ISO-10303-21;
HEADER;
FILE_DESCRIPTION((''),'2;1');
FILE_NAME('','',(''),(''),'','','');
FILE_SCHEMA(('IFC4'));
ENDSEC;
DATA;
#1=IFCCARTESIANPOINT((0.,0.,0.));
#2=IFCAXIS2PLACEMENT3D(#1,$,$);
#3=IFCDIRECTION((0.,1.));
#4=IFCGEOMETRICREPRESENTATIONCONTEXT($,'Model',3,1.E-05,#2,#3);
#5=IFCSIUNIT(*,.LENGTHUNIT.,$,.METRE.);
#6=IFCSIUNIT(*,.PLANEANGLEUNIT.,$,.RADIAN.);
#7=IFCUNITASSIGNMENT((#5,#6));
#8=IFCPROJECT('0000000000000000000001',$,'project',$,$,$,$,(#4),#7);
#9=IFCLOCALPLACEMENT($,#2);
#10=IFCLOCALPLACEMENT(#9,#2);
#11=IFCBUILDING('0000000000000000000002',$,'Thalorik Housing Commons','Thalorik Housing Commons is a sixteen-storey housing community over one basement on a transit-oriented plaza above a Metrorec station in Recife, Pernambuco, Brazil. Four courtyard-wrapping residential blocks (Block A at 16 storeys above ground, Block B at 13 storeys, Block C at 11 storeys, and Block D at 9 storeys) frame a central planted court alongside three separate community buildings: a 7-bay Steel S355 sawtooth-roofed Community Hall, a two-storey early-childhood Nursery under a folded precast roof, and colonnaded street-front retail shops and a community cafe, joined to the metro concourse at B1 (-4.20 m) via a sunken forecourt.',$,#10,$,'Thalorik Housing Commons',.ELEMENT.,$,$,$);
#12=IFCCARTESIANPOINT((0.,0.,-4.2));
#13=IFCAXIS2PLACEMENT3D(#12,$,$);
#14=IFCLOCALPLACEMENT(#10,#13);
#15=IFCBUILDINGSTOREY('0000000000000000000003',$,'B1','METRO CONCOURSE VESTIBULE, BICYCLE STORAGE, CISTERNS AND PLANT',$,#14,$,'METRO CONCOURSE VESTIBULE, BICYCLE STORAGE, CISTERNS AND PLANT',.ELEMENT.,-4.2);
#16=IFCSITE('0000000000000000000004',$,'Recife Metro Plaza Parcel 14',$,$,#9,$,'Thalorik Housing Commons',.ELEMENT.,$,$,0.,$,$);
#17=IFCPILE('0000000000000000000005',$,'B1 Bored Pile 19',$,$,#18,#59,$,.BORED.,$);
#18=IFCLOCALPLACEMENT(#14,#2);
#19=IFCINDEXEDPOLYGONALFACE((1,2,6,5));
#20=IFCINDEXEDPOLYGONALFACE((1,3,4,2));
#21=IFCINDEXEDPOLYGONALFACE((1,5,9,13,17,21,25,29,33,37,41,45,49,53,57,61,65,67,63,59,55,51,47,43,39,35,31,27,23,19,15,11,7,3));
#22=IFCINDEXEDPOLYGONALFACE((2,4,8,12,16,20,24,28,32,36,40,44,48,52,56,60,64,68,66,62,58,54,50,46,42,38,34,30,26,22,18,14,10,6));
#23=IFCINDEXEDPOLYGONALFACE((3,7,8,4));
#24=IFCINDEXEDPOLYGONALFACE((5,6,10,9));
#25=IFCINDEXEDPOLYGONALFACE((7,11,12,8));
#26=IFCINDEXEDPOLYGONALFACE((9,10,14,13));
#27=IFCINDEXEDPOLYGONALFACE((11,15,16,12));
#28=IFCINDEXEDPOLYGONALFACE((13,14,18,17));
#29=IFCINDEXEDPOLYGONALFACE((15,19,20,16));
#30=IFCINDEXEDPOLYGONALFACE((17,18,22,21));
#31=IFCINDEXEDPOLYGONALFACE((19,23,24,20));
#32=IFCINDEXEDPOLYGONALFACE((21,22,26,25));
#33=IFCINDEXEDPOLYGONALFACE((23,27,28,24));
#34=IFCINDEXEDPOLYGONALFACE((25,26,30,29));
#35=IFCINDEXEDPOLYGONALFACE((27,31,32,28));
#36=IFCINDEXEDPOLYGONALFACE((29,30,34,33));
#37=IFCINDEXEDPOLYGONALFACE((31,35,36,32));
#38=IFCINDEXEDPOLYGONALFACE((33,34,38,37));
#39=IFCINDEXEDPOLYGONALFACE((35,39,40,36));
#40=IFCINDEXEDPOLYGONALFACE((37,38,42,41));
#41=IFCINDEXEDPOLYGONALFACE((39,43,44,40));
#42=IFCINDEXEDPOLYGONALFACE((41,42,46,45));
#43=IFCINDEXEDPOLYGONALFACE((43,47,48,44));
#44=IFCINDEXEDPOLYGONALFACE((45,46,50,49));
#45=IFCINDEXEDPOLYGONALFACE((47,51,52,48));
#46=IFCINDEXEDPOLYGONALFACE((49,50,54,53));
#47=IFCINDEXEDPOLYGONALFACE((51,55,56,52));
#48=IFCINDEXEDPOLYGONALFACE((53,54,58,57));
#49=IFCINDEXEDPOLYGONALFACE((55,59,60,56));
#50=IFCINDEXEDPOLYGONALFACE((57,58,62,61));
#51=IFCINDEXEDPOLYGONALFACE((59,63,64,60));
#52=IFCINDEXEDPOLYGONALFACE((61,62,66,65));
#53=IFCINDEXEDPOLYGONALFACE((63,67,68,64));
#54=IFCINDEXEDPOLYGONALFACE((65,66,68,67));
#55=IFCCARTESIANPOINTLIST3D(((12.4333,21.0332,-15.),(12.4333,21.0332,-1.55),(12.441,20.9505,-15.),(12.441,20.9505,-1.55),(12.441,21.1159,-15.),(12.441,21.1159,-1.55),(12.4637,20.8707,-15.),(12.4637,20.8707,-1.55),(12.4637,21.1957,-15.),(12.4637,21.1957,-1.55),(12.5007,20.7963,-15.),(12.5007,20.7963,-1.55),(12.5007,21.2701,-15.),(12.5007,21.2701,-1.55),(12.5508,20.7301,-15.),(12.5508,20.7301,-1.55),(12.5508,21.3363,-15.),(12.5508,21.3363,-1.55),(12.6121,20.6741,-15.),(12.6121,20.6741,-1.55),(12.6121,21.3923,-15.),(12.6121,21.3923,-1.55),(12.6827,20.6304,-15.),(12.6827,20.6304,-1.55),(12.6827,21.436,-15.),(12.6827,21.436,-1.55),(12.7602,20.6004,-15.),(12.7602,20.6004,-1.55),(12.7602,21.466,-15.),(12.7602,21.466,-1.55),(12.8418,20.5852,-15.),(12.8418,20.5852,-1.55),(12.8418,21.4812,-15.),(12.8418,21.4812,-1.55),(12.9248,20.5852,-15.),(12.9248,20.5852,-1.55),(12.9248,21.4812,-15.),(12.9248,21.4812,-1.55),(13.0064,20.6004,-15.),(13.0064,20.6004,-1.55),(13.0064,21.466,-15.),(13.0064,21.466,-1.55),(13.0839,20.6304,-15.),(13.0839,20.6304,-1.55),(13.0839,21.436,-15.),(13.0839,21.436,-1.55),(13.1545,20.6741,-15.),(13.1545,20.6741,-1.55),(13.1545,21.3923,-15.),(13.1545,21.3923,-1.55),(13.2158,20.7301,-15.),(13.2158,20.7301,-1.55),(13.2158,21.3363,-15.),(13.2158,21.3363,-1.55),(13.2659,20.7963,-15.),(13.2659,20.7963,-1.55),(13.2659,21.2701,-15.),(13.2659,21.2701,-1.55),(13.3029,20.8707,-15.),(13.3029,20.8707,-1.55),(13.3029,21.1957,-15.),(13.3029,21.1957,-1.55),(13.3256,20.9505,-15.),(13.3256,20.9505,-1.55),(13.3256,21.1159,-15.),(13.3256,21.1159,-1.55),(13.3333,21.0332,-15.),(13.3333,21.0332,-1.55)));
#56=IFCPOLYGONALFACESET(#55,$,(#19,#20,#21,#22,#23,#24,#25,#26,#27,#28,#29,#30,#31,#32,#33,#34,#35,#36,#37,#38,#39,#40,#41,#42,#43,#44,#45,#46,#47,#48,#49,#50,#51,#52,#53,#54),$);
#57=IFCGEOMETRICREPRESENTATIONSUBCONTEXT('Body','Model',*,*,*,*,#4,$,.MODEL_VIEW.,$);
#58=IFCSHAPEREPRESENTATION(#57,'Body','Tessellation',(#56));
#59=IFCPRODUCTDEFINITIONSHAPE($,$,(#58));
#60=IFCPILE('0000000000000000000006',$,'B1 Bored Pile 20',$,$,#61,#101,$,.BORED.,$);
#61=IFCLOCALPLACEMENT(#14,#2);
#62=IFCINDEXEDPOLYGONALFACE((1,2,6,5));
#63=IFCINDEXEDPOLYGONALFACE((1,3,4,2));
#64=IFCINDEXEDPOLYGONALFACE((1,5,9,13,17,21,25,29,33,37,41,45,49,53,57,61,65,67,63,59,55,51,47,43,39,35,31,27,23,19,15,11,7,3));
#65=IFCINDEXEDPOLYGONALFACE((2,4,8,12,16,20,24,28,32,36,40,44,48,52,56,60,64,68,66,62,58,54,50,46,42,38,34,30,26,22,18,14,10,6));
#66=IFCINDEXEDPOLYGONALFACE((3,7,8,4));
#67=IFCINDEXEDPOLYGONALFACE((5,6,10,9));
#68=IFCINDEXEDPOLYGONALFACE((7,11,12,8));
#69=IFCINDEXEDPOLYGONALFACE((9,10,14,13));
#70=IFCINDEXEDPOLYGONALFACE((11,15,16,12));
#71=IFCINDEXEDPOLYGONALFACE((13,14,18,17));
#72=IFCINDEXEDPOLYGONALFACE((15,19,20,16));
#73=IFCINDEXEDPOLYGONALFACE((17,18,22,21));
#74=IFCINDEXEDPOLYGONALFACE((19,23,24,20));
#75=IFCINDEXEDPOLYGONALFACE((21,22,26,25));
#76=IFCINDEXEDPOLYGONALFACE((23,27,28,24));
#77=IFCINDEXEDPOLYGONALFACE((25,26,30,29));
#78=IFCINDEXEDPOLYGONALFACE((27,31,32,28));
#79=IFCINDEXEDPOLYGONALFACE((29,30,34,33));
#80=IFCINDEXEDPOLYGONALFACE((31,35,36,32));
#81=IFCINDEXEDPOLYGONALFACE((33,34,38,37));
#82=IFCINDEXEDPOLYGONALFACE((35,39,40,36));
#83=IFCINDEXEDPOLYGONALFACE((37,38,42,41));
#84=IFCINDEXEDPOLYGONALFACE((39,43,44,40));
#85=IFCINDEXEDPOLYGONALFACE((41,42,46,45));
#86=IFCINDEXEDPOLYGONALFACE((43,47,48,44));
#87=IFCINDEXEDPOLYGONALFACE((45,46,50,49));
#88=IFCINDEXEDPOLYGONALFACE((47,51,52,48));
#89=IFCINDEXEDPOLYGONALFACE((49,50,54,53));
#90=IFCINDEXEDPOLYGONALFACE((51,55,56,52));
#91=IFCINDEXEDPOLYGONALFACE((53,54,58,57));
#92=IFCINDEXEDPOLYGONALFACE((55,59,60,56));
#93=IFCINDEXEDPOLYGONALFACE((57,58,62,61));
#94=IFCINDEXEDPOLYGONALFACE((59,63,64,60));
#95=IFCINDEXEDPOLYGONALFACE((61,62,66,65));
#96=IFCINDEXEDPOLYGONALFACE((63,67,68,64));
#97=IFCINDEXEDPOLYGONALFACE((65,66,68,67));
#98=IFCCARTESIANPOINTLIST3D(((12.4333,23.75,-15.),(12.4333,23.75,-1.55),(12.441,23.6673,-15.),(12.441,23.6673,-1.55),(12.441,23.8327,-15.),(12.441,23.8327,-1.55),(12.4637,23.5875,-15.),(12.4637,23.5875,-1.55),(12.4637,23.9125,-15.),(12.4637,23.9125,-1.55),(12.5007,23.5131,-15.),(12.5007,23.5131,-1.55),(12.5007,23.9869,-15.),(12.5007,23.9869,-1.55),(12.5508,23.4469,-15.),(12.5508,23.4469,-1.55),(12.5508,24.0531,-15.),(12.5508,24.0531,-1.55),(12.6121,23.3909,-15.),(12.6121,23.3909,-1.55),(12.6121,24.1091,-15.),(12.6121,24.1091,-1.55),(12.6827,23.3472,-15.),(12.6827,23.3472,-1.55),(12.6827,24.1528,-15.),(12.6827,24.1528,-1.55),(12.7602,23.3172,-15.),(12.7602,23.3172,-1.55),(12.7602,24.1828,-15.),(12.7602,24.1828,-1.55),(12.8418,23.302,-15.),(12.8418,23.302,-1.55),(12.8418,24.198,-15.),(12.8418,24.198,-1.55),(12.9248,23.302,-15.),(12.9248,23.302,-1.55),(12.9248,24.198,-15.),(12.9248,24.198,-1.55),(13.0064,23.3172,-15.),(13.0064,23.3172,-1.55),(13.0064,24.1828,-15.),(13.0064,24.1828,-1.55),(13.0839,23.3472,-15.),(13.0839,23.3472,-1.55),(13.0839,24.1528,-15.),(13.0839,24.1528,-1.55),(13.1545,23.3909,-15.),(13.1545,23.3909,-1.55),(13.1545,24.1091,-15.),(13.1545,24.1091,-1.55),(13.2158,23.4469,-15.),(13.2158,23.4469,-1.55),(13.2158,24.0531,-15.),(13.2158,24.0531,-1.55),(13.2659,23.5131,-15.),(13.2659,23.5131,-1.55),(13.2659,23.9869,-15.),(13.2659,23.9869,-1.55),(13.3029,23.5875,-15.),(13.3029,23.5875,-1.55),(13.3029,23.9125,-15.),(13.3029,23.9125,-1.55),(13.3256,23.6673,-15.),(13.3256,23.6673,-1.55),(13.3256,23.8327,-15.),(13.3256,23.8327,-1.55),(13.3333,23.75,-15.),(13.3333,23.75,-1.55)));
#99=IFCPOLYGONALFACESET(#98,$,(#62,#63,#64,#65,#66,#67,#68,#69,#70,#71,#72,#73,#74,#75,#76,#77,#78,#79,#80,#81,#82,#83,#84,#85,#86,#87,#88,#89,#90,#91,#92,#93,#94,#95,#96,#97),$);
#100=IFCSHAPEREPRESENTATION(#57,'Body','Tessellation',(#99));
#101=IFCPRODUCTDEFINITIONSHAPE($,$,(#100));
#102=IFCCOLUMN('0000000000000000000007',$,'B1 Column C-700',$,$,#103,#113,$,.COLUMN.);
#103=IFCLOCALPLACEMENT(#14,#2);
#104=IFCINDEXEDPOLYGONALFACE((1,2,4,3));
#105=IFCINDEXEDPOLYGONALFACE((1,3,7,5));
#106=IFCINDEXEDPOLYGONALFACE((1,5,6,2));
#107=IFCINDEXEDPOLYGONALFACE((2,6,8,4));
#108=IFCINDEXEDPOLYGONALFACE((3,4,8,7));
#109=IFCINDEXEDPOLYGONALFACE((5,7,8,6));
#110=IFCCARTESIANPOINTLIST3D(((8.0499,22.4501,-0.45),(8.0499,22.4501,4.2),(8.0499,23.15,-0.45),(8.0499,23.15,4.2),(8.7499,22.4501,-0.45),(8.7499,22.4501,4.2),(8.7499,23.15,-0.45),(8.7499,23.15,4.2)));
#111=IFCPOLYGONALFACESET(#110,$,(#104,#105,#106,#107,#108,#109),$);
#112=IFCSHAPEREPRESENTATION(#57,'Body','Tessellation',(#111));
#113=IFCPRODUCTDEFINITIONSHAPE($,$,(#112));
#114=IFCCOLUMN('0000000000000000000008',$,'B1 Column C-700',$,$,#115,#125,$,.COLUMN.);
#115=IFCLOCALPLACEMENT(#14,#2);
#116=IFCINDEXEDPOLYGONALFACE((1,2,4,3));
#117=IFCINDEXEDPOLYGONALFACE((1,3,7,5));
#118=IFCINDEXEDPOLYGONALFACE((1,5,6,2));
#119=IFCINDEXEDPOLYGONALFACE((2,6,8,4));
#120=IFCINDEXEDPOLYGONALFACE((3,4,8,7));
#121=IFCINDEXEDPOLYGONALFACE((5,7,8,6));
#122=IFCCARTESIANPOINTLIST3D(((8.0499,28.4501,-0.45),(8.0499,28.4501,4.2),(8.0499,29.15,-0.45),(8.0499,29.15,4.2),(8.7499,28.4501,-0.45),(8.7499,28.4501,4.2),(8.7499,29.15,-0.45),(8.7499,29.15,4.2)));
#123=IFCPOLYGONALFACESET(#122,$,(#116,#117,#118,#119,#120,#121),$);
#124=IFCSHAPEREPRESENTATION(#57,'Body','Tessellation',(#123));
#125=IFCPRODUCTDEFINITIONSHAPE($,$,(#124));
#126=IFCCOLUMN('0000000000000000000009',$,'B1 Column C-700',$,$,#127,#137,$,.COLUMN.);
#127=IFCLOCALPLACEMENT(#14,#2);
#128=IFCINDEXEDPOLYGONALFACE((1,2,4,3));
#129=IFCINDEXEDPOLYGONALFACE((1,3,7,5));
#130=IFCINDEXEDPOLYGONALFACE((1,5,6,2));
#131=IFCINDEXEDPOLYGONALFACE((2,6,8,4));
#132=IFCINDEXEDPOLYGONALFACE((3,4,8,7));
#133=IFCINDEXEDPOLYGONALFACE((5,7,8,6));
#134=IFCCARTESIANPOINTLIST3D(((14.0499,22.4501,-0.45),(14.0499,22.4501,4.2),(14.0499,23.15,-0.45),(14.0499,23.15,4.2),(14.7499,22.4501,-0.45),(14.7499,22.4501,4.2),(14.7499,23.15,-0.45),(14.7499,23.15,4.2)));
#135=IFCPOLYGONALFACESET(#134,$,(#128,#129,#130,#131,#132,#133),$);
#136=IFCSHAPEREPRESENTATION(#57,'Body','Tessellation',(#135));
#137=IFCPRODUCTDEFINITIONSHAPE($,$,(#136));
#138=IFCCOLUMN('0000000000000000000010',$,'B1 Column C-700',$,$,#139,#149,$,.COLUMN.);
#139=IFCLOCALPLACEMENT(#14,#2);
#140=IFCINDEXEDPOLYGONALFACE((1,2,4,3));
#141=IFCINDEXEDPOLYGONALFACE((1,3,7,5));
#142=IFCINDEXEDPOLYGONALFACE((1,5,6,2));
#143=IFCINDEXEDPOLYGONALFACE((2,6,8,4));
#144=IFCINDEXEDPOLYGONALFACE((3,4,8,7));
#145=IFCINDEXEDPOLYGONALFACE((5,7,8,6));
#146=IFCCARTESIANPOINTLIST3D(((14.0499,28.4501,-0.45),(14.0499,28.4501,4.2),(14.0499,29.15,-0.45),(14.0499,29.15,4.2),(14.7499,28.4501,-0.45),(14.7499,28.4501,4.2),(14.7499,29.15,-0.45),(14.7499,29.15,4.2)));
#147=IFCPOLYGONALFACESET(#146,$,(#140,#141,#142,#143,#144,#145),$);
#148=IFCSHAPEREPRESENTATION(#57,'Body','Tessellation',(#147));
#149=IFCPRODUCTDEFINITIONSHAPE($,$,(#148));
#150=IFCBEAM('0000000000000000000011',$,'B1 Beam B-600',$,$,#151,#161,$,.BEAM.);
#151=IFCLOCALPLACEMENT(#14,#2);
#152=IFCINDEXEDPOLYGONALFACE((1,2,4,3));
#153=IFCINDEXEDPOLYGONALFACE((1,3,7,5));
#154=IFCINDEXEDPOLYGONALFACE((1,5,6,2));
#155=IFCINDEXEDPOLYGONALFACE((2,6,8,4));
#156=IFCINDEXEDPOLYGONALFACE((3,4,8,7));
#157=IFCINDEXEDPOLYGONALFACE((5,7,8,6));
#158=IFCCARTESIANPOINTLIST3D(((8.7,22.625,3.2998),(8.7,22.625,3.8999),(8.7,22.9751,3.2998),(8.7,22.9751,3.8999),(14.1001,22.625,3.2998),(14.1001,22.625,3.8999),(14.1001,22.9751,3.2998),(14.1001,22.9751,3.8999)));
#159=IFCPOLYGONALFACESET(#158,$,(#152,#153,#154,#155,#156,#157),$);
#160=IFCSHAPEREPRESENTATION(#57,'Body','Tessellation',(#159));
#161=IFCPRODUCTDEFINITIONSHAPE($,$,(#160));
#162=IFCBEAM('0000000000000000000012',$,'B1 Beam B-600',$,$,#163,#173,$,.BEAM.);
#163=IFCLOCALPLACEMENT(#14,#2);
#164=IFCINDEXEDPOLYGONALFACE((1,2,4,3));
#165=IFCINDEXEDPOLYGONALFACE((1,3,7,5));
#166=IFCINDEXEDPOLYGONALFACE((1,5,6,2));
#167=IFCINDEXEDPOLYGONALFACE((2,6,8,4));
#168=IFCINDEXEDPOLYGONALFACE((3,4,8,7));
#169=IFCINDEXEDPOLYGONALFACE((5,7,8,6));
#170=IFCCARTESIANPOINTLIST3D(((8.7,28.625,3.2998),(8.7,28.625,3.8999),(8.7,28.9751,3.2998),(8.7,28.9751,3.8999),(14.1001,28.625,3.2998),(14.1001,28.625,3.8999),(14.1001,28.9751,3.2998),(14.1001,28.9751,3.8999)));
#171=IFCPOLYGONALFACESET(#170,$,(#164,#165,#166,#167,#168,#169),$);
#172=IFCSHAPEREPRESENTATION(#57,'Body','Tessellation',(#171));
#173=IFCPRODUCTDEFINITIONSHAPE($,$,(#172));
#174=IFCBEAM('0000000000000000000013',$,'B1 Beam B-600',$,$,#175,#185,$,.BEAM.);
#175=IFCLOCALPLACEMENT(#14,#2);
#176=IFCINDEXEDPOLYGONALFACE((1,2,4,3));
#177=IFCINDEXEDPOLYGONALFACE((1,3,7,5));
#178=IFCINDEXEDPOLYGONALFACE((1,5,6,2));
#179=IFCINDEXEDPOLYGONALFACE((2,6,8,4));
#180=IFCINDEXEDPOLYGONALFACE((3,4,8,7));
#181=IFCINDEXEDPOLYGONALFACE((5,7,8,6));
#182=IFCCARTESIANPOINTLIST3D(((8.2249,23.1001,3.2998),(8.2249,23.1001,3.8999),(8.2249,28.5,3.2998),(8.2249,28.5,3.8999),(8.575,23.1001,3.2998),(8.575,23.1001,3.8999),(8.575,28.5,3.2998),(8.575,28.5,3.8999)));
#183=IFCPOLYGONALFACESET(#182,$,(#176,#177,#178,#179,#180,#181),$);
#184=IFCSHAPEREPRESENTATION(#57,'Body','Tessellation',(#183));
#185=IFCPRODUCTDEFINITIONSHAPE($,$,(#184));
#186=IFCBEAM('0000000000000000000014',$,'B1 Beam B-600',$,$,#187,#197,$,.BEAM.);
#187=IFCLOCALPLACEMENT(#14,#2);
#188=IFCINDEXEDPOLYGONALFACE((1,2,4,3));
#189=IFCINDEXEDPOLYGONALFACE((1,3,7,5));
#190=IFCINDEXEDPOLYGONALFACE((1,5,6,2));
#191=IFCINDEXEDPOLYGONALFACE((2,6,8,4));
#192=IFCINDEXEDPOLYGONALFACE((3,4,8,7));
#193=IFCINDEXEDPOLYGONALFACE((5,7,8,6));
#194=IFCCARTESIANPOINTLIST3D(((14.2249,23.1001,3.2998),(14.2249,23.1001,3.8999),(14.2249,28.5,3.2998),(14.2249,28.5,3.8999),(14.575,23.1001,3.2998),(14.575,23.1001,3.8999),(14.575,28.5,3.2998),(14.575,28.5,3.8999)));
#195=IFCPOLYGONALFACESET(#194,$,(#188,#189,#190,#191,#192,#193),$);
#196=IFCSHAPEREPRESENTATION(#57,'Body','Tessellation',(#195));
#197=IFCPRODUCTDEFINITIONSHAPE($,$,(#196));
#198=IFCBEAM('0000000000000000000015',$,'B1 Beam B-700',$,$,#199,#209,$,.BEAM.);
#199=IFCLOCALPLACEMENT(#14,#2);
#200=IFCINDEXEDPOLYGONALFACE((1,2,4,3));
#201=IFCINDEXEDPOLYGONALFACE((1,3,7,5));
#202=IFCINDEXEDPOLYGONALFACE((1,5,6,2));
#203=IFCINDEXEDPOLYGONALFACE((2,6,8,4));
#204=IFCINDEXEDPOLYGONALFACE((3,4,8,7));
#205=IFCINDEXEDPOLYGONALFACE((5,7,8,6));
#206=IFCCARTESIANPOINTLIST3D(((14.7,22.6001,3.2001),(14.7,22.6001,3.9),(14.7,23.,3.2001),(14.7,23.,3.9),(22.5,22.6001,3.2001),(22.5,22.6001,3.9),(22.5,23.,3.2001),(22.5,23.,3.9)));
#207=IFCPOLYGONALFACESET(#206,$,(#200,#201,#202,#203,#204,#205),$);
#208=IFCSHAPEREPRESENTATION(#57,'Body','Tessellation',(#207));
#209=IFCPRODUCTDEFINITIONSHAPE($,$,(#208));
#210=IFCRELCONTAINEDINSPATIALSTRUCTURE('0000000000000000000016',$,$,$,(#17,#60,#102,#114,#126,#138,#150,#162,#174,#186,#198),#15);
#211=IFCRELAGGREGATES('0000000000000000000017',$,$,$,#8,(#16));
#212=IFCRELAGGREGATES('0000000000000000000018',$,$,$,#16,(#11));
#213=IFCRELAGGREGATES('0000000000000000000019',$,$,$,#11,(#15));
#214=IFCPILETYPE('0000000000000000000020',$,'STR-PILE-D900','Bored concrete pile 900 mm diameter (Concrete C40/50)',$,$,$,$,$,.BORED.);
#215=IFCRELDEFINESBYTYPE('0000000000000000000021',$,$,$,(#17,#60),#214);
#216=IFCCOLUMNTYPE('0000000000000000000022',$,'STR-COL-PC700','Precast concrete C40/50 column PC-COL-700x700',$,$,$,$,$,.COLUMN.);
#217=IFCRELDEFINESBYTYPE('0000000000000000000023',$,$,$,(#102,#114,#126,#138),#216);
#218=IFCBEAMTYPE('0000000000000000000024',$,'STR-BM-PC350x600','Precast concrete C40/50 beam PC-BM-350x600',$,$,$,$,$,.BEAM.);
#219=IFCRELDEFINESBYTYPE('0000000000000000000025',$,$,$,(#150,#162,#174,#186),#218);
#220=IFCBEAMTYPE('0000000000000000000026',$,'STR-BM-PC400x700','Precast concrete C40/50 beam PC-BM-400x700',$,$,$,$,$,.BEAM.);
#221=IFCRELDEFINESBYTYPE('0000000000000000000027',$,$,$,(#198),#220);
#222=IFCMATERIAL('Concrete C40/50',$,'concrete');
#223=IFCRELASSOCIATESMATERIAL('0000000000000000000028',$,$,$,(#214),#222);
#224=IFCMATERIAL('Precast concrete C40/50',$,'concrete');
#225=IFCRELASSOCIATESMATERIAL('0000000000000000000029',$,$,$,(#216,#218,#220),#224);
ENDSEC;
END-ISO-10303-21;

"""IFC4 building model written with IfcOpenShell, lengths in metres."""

from ifc_helpers import new_model, si_unit, direction, frame, origin, origin_2d, place, context, subcontext, project, spatial, rectangle, circle, extrude, material, material_profile, profile_set, type_object, element, save


model = new_model("IFC4")

# Units and contexts
model_context = context("Model", 3, precision=1e-05, world=origin(), true_north=direction((0.0, 1.0)))
body_context = subcontext(model_context, "Body", "Model", "MODEL_VIEW")
ifc_project = project(units=[si_unit("LENGTHUNIT", "METRE"), si_unit("PLANEANGLEUNIT", "RADIAN")], contexts=[model_context])

# Site, building, storey
site_placement = place(None, origin())
site = spatial("IfcSite", under=ifc_project, at=site_placement, Name="Recife Metro Plaza Parcel 14", LongName="Thalorik Housing Commons", CompositionType="ELEMENT", RefElevation=0.0)
building_placement = place(site_placement, origin())
building = spatial("IfcBuilding", under=site, at=building_placement, Name="Thalorik Housing Commons", Description="Thalorik Housing Commons is a sixteen-storey housing community over one basement on a transit-oriented plaza above a Metrorec station in Recife, Pernambuco, Brazil. Four courtyard-wrapping residential blocks (Block A at 16 storeys above ground, Block B at 13 storeys, Block C at 11 storeys, and Block D at 9 storeys) frame a central planted court alongside three separate community buildings: a 7-bay Steel S355 sawtooth-roofed Community Hall, a two-storey early-childhood Nursery under a folded precast roof, and colonnaded street-front retail shops and a community cafe, joined to the metro concourse at B1 (-4.20 m) via a sunken forecourt.", LongName="Thalorik Housing Commons", CompositionType="ELEMENT")
storey_placement = place(building_placement, frame((0.0, 0.0, -4.2)))
storey = spatial("IfcBuildingStorey", under=building, at=storey_placement, Name="B1", Description="METRO CONCOURSE VESTIBULE, BICYCLE STORAGE, CISTERNS AND PLANT", LongName="METRO CONCOURSE VESTIBULE, BICYCLE STORAGE, CISTERNS AND PLANT", CompositionType="ELEMENT", Elevation=-4.2)

# Shared definitions
ifc_material_1 = material(Name="Concrete C40/50", Category="concrete")

# Piles
ifc_material_profile_1 = material_profile(ifc_material_1, circle(Radius=0.45, at=origin_2d()), Name="BORED PILE D900", Category="concrete")
ifc_profile_set_1 = profile_set([ifc_material_profile_1], Name="Concrete C40/50")
pile_type_1 = type_object("IfcPileType", Name="STR-PILE-D900", Description="Bored concrete pile 900 mm diameter (Concrete C40/50)", PredefinedType="BORED", material=ifc_profile_set_1)
for number, where, z_axis, x_axis, name in (
    (1, (12.8833, 21.0332, -1.55), (0.0, 0.0, -1.0), (1.0, 0.0, 0.0), "B1 Bored Pile 19"),
    (2, (12.8833, 23.75, -1.55), (0.0, 0.0, -1.0), (1.0, 0.0, 0.0), "B1 Bored Pile 20"),
):
    element("IfcPile", number, at=place(storey_placement, frame(where, z_axis=z_axis, x_axis=x_axis)), inside=storey, type_object=pile_type_1, Name=name, PredefinedType="BORED", context=body_context, shape_type="SweptSolid", body=[
        extrude(circle(Radius=0.45, at=origin_2d()), origin(), (0.0, 0.0, 1.0), 13.45),
    ])

# Columns
ifc_material_2 = material(Name="Precast concrete C40/50", Category="concrete")
ifc_material_profile_2 = material_profile(ifc_material_2, rectangle(XDim=0.7, YDim=0.7, at=origin_2d()), Name="PC 700x700", Category="concrete")
ifc_profile_set_2 = profile_set([ifc_material_profile_2], Name="Precast concrete C40/50")
column_type = type_object("IfcColumnType", Name="STR-COL-PC700", Description="Precast concrete C40/50 column PC-COL-700x700", PredefinedType="COLUMN", material=ifc_profile_set_2)
for number, where, z_axis, x_axis, name in (
    (3, (8.3999, 22.8, -0.45), (0.0, 0.0, 1.0), (1.0, 0.0, 0.0), "B1 Column C-700"),
    (4, (8.3999, 28.8, -0.45), (0.0, 0.0, 1.0), (1.0, 0.0, 0.0), "B1 Column C-700"),
    (5, (14.3999, 22.8, -0.45), (0.0, 0.0, 1.0), (1.0, 0.0, 0.0), "B1 Column C-700"),
    (6, (14.3999, 28.8, -0.45), (0.0, 0.0, 1.0), (1.0, 0.0, 0.0), "B1 Column C-700"),
):
    element("IfcColumn", number, at=place(storey_placement, frame(where, z_axis=z_axis, x_axis=x_axis)), inside=storey, type_object=column_type, Name=name, PredefinedType="COLUMN", context=body_context, shape_type="SweptSolid", body=[
        extrude(rectangle(XDim=0.7, YDim=0.7, at=origin_2d()), origin(), (0.0, 0.0, 1.0), 4.6499),
    ])

# Beams
ifc_material_profile_3 = material_profile(ifc_material_2, rectangle(XDim=0.3501, YDim=0.6001, at=origin_2d()), Name="PC 350x600", Category="concrete")
ifc_profile_set_3 = profile_set([ifc_material_profile_3], Name="Precast concrete C40/50")
beam_type_1 = type_object("IfcBeamType", Name="STR-BM-PC350x600", Description="Precast concrete C40/50 beam PC-BM-350x600", PredefinedType="BEAM", material=ifc_profile_set_3)
for number, where, z_axis, x_axis, name in (
    (7, (8.7, 22.8, 3.5999), (1.0, 0.0, 0.0), (0.0, 1.0, 0.0), "B1 Beam B-600"),
    (8, (8.7, 28.8, 3.5999), (1.0, 0.0, 0.0), (0.0, 1.0, 0.0), "B1 Beam B-600"),
):
    element("IfcBeam", number, at=place(storey_placement, frame(where, z_axis=z_axis, x_axis=x_axis)), inside=storey, type_object=beam_type_1, Name=name, PredefinedType="BEAM", context=body_context, shape_type="SweptSolid", body=[
        extrude(rectangle(XDim=0.3501, YDim=0.6001, at=origin_2d()), origin(), (0.0, 0.0, 1.0), 5.4001),
    ])
for number, where, z_axis, x_axis, name in (
    (9, (8.3999, 23.1001, 3.5999), (0.0, 1.0, 0.0), (-1.0, 0.0, 0.0), "B1 Beam B-600"),
    (10, (14.3999, 23.1001, 3.5999), (0.0, 1.0, 0.0), (-1.0, 0.0, 0.0), "B1 Beam B-600"),
):
    element("IfcBeam", number, at=place(storey_placement, frame(where, z_axis=z_axis, x_axis=x_axis)), inside=storey, type_object=beam_type_1, Name=name, PredefinedType="BEAM", context=body_context, shape_type="SweptSolid", body=[
        extrude(rectangle(XDim=0.3501, YDim=0.6001, at=origin_2d()), origin(), (0.0, 0.0, 1.0), 5.3999),
    ])
ifc_material_profile_4 = material_profile(ifc_material_2, rectangle(XDim=0.3999, YDim=0.7, at=origin_2d()), Name="PC 400x700", Category="concrete")
ifc_profile_set_4 = profile_set([ifc_material_profile_4], Name="Precast concrete C40/50")
beam_type_2 = type_object("IfcBeamType", Name="STR-BM-PC400x700", Description="Precast concrete C40/50 beam PC-BM-400x700", PredefinedType="BEAM", material=ifc_profile_set_4)
beam_placement = place(storey_placement, frame((14.7, 22.8, 3.55), z_axis=(1.0, 0.0, 0.0), x_axis=(0.0, 1.0, 0.0)))
element("IfcBeam", 11, at=beam_placement, inside=storey, type_object=beam_type_2, Name="B1 Beam B-700", PredefinedType="BEAM", context=body_context, shape_type="SweptSolid", body=[
    extrude(rectangle(XDim=0.3999, YDim=0.7, at=origin_2d()), origin(), (0.0, 0.0, 1.0), 7.8),
])

save(model, "model.ifc")
